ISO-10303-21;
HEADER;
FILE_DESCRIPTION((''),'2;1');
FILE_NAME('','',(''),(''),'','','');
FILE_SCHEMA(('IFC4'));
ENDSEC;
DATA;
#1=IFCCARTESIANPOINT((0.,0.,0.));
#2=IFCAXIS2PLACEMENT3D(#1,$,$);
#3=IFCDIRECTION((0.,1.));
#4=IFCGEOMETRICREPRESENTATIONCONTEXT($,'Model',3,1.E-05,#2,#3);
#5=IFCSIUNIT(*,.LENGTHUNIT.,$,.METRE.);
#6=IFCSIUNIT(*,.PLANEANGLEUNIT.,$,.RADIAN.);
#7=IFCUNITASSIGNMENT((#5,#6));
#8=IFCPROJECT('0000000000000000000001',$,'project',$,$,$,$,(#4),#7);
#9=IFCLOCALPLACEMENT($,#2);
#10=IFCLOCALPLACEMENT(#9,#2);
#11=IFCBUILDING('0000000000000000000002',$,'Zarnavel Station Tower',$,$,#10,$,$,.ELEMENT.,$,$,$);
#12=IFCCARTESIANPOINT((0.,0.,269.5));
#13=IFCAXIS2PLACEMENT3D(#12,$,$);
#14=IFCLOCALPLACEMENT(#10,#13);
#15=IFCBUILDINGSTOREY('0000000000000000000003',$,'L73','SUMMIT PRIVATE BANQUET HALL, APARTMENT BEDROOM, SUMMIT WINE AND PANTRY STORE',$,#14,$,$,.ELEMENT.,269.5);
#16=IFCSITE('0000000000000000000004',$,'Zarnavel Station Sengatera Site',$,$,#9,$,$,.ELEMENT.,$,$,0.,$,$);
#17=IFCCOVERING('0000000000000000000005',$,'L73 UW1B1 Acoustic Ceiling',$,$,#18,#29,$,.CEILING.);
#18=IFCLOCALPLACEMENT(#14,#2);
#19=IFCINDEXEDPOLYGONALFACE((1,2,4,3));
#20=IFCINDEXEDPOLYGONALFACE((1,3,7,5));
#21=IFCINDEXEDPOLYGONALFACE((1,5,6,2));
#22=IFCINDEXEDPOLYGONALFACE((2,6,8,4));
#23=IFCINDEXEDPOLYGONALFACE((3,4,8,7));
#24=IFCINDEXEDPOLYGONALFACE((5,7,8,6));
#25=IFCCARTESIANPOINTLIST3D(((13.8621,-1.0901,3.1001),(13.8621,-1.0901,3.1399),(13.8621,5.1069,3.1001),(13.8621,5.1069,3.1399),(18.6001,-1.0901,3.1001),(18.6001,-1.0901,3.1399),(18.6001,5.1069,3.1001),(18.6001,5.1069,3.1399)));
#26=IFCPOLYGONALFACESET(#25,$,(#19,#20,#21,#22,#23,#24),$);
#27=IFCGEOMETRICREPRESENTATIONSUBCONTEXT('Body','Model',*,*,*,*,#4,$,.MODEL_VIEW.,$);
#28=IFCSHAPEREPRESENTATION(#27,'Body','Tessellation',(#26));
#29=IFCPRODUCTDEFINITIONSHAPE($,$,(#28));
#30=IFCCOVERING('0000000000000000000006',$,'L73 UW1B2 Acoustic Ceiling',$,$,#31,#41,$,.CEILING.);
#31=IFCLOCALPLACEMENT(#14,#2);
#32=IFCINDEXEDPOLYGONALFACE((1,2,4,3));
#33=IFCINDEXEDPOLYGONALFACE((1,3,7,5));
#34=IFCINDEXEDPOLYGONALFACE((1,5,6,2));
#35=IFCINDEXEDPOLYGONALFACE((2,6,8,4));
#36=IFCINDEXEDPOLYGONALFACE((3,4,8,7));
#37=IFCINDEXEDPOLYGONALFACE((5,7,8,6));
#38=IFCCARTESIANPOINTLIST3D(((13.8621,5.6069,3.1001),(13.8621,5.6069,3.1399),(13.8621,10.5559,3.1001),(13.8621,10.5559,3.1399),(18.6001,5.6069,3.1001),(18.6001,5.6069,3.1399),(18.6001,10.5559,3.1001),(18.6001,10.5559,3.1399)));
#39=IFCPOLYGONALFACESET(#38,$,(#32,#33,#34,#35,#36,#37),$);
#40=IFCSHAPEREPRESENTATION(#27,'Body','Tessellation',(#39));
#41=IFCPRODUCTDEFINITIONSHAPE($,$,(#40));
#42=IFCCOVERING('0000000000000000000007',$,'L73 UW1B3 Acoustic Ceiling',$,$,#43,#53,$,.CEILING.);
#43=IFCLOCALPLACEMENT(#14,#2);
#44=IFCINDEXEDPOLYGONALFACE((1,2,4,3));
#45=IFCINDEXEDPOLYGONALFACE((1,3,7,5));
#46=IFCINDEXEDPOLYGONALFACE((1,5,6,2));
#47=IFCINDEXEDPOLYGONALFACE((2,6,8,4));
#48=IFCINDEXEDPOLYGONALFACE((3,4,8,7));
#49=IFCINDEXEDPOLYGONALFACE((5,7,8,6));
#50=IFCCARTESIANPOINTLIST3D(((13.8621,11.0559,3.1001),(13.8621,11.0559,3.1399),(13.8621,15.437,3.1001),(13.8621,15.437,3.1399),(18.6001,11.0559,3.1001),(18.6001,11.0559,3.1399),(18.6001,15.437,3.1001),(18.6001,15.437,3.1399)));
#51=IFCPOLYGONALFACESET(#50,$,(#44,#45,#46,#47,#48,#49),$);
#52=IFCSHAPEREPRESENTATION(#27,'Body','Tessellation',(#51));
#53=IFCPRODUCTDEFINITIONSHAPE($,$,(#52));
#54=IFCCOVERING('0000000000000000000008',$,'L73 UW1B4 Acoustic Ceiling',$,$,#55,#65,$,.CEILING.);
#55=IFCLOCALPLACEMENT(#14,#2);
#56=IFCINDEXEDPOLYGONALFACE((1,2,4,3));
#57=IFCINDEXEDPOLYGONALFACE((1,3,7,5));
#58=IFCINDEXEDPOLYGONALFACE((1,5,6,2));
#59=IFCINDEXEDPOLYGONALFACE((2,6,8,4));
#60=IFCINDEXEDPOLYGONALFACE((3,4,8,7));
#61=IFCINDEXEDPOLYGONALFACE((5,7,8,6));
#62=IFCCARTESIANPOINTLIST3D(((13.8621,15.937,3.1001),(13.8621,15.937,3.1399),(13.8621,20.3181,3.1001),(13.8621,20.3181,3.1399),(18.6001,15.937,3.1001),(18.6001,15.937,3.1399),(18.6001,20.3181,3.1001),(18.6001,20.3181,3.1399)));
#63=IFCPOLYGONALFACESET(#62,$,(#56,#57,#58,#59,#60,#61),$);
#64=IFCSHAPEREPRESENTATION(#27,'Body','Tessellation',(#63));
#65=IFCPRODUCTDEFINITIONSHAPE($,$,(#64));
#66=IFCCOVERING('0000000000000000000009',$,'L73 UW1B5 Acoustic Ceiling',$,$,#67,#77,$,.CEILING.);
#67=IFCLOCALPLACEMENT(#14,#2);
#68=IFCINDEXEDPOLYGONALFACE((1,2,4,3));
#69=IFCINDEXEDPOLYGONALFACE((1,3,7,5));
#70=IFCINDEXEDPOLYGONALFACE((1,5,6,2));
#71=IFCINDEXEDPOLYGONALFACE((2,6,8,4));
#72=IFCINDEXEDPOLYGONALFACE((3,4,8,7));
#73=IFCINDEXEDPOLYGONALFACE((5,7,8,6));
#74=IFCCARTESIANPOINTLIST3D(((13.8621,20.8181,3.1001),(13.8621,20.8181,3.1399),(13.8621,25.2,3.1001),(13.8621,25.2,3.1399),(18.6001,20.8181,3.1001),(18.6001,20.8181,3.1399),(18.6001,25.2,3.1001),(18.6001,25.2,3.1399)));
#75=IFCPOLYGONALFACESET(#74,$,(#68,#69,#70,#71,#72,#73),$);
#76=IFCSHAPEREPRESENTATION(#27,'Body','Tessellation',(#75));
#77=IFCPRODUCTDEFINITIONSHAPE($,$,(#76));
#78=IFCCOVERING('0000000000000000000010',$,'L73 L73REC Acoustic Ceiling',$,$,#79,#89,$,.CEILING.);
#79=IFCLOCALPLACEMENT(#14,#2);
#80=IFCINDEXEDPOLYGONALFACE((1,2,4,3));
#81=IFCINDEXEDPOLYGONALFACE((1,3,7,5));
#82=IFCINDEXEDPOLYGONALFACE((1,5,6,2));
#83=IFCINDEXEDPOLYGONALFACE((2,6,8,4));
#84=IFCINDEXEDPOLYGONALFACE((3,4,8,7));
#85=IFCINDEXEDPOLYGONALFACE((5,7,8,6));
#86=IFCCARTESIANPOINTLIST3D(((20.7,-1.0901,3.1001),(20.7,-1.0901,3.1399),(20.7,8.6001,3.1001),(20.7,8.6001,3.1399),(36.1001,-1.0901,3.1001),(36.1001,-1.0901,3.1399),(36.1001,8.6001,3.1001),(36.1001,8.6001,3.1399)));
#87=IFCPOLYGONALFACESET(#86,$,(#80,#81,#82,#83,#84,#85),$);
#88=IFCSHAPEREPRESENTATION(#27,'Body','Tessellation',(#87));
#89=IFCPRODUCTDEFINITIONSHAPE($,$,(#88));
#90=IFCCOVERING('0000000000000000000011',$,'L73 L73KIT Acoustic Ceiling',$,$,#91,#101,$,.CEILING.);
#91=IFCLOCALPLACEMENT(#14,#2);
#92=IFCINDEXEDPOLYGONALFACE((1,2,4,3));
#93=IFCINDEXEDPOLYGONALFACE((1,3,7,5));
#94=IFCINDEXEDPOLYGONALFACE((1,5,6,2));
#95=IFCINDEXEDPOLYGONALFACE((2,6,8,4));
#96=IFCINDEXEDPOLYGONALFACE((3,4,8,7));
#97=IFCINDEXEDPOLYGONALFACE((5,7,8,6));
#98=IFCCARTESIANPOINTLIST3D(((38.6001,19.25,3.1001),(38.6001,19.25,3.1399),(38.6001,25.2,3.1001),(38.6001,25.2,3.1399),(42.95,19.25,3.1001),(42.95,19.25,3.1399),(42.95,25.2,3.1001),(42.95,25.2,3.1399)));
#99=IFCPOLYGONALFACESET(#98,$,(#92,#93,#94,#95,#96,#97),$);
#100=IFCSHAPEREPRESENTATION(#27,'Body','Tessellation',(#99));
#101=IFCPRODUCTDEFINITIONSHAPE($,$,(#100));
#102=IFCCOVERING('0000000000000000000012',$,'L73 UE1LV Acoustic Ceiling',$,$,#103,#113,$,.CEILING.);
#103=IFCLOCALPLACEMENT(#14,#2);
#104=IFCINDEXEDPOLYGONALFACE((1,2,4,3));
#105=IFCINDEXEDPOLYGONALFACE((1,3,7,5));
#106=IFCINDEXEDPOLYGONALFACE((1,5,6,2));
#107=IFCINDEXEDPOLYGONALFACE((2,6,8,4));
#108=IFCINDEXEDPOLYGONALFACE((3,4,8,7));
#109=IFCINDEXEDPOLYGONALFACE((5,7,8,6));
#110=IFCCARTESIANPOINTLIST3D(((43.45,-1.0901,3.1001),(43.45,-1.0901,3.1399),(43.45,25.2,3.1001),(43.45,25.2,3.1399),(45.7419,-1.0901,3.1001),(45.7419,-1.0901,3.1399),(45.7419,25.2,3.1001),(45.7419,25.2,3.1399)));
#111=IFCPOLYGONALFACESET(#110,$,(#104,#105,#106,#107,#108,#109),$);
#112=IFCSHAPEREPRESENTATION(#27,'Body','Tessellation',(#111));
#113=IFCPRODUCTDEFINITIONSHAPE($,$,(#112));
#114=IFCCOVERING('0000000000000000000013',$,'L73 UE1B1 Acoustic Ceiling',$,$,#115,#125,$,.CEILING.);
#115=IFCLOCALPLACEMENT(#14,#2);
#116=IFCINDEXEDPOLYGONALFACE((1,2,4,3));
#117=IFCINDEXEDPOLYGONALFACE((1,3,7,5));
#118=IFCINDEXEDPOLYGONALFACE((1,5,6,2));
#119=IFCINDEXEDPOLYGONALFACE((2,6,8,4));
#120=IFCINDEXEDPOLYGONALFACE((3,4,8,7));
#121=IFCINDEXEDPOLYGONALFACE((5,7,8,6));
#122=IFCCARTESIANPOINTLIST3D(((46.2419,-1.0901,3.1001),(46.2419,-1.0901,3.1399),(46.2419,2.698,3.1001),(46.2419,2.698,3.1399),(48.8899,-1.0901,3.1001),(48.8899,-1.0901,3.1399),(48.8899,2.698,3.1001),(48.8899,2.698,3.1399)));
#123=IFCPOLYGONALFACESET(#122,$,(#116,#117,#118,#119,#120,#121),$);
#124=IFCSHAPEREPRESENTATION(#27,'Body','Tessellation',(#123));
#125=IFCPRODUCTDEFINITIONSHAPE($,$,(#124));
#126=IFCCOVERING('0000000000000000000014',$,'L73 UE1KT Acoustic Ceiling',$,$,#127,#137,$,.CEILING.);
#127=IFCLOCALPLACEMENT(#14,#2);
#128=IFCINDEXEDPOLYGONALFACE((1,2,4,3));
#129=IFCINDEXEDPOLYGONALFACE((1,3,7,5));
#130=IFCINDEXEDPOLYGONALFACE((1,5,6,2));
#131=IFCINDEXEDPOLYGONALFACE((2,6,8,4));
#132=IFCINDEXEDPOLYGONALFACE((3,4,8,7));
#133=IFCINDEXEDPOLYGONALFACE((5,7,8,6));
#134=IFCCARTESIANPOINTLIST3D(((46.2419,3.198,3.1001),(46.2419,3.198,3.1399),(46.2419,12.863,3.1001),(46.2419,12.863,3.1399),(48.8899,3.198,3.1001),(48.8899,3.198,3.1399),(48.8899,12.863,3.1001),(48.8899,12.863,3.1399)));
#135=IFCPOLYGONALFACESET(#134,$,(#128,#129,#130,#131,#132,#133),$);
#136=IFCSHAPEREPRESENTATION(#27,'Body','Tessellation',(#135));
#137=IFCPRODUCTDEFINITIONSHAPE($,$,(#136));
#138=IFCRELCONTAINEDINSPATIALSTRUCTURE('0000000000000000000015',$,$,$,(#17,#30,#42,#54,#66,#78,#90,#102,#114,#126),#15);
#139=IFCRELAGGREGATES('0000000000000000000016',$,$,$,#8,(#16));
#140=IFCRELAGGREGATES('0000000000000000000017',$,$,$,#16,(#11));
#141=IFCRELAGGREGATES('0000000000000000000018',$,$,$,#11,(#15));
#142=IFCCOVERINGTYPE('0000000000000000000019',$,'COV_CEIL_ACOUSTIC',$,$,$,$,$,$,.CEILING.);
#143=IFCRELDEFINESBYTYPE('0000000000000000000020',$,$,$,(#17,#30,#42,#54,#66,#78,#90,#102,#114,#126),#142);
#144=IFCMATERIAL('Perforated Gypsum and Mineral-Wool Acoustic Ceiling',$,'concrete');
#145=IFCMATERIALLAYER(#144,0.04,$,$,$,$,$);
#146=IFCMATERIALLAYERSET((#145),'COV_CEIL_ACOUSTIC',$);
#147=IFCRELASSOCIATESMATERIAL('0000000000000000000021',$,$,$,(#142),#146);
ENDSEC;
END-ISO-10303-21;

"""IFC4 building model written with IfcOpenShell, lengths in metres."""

from ifc_helpers import new_model, si_unit, direction, frame, origin, place, context, subcontext, project, spatial, polyline, outline, extrude, material, layer, layer_set, type_object, element, save


model = new_model("IFC4")

# Units and contexts
model_context = context("Model", 3, precision=1e-05, world=origin(), true_north=direction((0.0, 1.0)))
body_context = subcontext(model_context, "Body", "Model", "MODEL_VIEW")
ifc_project = project(units=[si_unit("LENGTHUNIT", "METRE"), si_unit("PLANEANGLEUNIT", "RADIAN")], contexts=[model_context])

# Site, building, storey
site_placement = place(None, origin())
site = spatial("IfcSite", under=ifc_project, at=site_placement, Name="Zarnavel Station Sengatera Site", CompositionType="ELEMENT", RefElevation=0.0)
building_placement = place(site_placement, origin())
building = spatial("IfcBuilding", under=site, at=building_placement, Name="Zarnavel Station Tower", CompositionType="ELEMENT")
storey_placement = place(building_placement, frame((0.0, 0.0, 269.5)))
storey = spatial("IfcBuildingStorey", under=building, at=storey_placement, Name="L73", Description="SUMMIT PRIVATE BANQUET HALL, APARTMENT BEDROOM, SUMMIT WINE AND PANTRY STORE", CompositionType="ELEMENT", Elevation=269.5)

# Coverings
ifc_material_1 = material(Name="Perforated Gypsum and Mineral-Wool Acoustic Ceiling", Category="concrete")
ifc_layer_1 = layer(ifc_material_1, 0.04)
ifc_layer_set_1 = layer_set([ifc_layer_1], Name="COV_CEIL_ACOUSTIC")
covering_type_1 = type_object("IfcCoveringType", Name="COV_CEIL_ACOUSTIC", PredefinedType="CEILING", material=ifc_layer_set_1)
covering_1_placement = place(storey_placement, frame((0.0, 0.0, 3.1001)))
element("IfcCovering", 1, at=covering_1_placement, inside=storey, type_object=covering_type_1, Name="L73 UW1B1 Acoustic Ceiling", PredefinedType="CEILING", context=body_context, shape_type="SweptSolid", body=[
    extrude(outline(polyline([(13.8621, -1.0901), (18.6001, -1.0901), (18.6001, 5.1069), (13.8621, 5.1069), (13.8621, -1.0901)])), origin(), (0.0, 0.0, 1.0), 0.0398),
])
covering_2_placement = place(storey_placement, frame((0.0, 0.0, 3.1001)))
element("IfcCovering", 2, at=covering_2_placement, inside=storey, type_object=covering_type_1, Name="L73 UW1B2 Acoustic Ceiling", PredefinedType="CEILING", context=body_context, shape_type="SweptSolid", body=[
    extrude(outline(polyline([(13.8621, 5.6069), (18.6001, 5.6069), (18.6001, 10.5559), (13.8621, 10.5559), (13.8621, 5.6069)])), origin(), (0.0, 0.0, 1.0), 0.0398),
])
covering_3_placement = place(storey_placement, frame((0.0, 0.0, 3.1001)))
element("IfcCovering", 3, at=covering_3_placement, inside=storey, type_object=covering_type_1, Name="L73 UW1B3 Acoustic Ceiling", PredefinedType="CEILING", context=body_context, shape_type="SweptSolid", body=[
    extrude(outline(polyline([(13.8621, 11.0559), (18.6001, 11.0559), (18.6001, 15.437), (13.8621, 15.437), (13.8621, 11.0559)])), origin(), (0.0, 0.0, 1.0), 0.0398),
])
covering_4_placement = place(storey_placement, frame((0.0, 0.0, 3.1001)))
element("IfcCovering", 4, at=covering_4_placement, inside=storey, type_object=covering_type_1, Name="L73 UW1B4 Acoustic Ceiling", PredefinedType="CEILING", context=body_context, shape_type="SweptSolid", body=[
    extrude(outline(polyline([(13.8621, 15.937), (18.6001, 15.937), (18.6001, 20.3181), (13.8621, 20.3181), (13.8621, 15.937)])), origin(), (0.0, 0.0, 1.0), 0.0398),
])
covering_5_placement = place(storey_placement, frame((0.0, 0.0, 3.1001)))
element("IfcCovering", 5, at=covering_5_placement, inside=storey, type_object=covering_type_1, Name="L73 UW1B5 Acoustic Ceiling", PredefinedType="CEILING", context=body_context, shape_type="SweptSolid", body=[
    extrude(outline(polyline([(13.8621, 20.8181), (18.6001, 20.8181), (18.6001, 25.2), (13.8621, 25.2), (13.8621, 20.8181)])), origin(), (0.0, 0.0, 1.0), 0.0398),
])
covering_6_placement = place(storey_placement, frame((0.0, 0.0, 3.1001)))
element("IfcCovering", 6, at=covering_6_placement, inside=storey, type_object=covering_type_1, Name="L73 L73REC Acoustic Ceiling", PredefinedType="CEILING", context=body_context, shape_type="SweptSolid", body=[
    extrude(outline(polyline([(20.7, -1.0901), (36.1001, -1.0901), (36.1001, 8.6001), (20.7, 8.6001), (20.7, -1.0901)])), origin(), (0.0, 0.0, 1.0), 0.0398),
])
covering_7_placement = place(storey_placement, frame((0.0, 0.0, 3.1001)))
element("IfcCovering", 7, at=covering_7_placement, inside=storey, type_object=covering_type_1, Name="L73 L73KIT Acoustic Ceiling", PredefinedType="CEILING", context=body_context, shape_type="SweptSolid", body=[
    extrude(outline(polyline([(38.6001, 19.25), (42.95, 19.25), (42.95, 25.2), (38.6001, 25.2), (38.6001, 19.25)])), origin(), (0.0, 0.0, 1.0), 0.0398),
])
covering_8_placement = place(storey_placement, frame((0.0, 0.0, 3.1001)))
element("IfcCovering", 8, at=covering_8_placement, inside=storey, type_object=covering_type_1, Name="L73 UE1LV Acoustic Ceiling", PredefinedType="CEILING", context=body_context, shape_type="SweptSolid", body=[
    extrude(outline(polyline([(43.45, -1.0901), (45.7419, -1.0901), (45.7419, 25.2), (43.45, 25.2), (43.45, -1.0901)])), origin(), (0.0, 0.0, 1.0), 0.0398),
])
covering_9_placement = place(storey_placement, frame((0.0, 0.0, 3.1001)))
element("IfcCovering", 9, at=covering_9_placement, inside=storey, type_object=covering_type_1, Name="L73 UE1B1 Acoustic Ceiling", PredefinedType="CEILING", context=body_context, shape_type="SweptSolid", body=[
    extrude(outline(polyline([(46.2419, -1.0901), (48.8899, -1.0901), (48.8899, 2.698), (46.2419, 2.698), (46.2419, -1.0901)])), origin(), (0.0, 0.0, 1.0), 0.0398),
])
covering_10_placement = place(storey_placement, frame((0.0, 0.0, 3.1001)))
element("IfcCovering", 10, at=covering_10_placement, inside=storey, type_object=covering_type_1, Name="L73 UE1KT Acoustic Ceiling", PredefinedType="CEILING", context=body_context, shape_type="SweptSolid", body=[
    extrude(outline(polyline([(46.2419, 3.198), (48.8899, 3.198), (48.8899, 12.863), (46.2419, 12.863), (46.2419, 3.198)])), origin(), (0.0, 0.0, 1.0), 0.0398),
])

save(model, "model.ifc")
